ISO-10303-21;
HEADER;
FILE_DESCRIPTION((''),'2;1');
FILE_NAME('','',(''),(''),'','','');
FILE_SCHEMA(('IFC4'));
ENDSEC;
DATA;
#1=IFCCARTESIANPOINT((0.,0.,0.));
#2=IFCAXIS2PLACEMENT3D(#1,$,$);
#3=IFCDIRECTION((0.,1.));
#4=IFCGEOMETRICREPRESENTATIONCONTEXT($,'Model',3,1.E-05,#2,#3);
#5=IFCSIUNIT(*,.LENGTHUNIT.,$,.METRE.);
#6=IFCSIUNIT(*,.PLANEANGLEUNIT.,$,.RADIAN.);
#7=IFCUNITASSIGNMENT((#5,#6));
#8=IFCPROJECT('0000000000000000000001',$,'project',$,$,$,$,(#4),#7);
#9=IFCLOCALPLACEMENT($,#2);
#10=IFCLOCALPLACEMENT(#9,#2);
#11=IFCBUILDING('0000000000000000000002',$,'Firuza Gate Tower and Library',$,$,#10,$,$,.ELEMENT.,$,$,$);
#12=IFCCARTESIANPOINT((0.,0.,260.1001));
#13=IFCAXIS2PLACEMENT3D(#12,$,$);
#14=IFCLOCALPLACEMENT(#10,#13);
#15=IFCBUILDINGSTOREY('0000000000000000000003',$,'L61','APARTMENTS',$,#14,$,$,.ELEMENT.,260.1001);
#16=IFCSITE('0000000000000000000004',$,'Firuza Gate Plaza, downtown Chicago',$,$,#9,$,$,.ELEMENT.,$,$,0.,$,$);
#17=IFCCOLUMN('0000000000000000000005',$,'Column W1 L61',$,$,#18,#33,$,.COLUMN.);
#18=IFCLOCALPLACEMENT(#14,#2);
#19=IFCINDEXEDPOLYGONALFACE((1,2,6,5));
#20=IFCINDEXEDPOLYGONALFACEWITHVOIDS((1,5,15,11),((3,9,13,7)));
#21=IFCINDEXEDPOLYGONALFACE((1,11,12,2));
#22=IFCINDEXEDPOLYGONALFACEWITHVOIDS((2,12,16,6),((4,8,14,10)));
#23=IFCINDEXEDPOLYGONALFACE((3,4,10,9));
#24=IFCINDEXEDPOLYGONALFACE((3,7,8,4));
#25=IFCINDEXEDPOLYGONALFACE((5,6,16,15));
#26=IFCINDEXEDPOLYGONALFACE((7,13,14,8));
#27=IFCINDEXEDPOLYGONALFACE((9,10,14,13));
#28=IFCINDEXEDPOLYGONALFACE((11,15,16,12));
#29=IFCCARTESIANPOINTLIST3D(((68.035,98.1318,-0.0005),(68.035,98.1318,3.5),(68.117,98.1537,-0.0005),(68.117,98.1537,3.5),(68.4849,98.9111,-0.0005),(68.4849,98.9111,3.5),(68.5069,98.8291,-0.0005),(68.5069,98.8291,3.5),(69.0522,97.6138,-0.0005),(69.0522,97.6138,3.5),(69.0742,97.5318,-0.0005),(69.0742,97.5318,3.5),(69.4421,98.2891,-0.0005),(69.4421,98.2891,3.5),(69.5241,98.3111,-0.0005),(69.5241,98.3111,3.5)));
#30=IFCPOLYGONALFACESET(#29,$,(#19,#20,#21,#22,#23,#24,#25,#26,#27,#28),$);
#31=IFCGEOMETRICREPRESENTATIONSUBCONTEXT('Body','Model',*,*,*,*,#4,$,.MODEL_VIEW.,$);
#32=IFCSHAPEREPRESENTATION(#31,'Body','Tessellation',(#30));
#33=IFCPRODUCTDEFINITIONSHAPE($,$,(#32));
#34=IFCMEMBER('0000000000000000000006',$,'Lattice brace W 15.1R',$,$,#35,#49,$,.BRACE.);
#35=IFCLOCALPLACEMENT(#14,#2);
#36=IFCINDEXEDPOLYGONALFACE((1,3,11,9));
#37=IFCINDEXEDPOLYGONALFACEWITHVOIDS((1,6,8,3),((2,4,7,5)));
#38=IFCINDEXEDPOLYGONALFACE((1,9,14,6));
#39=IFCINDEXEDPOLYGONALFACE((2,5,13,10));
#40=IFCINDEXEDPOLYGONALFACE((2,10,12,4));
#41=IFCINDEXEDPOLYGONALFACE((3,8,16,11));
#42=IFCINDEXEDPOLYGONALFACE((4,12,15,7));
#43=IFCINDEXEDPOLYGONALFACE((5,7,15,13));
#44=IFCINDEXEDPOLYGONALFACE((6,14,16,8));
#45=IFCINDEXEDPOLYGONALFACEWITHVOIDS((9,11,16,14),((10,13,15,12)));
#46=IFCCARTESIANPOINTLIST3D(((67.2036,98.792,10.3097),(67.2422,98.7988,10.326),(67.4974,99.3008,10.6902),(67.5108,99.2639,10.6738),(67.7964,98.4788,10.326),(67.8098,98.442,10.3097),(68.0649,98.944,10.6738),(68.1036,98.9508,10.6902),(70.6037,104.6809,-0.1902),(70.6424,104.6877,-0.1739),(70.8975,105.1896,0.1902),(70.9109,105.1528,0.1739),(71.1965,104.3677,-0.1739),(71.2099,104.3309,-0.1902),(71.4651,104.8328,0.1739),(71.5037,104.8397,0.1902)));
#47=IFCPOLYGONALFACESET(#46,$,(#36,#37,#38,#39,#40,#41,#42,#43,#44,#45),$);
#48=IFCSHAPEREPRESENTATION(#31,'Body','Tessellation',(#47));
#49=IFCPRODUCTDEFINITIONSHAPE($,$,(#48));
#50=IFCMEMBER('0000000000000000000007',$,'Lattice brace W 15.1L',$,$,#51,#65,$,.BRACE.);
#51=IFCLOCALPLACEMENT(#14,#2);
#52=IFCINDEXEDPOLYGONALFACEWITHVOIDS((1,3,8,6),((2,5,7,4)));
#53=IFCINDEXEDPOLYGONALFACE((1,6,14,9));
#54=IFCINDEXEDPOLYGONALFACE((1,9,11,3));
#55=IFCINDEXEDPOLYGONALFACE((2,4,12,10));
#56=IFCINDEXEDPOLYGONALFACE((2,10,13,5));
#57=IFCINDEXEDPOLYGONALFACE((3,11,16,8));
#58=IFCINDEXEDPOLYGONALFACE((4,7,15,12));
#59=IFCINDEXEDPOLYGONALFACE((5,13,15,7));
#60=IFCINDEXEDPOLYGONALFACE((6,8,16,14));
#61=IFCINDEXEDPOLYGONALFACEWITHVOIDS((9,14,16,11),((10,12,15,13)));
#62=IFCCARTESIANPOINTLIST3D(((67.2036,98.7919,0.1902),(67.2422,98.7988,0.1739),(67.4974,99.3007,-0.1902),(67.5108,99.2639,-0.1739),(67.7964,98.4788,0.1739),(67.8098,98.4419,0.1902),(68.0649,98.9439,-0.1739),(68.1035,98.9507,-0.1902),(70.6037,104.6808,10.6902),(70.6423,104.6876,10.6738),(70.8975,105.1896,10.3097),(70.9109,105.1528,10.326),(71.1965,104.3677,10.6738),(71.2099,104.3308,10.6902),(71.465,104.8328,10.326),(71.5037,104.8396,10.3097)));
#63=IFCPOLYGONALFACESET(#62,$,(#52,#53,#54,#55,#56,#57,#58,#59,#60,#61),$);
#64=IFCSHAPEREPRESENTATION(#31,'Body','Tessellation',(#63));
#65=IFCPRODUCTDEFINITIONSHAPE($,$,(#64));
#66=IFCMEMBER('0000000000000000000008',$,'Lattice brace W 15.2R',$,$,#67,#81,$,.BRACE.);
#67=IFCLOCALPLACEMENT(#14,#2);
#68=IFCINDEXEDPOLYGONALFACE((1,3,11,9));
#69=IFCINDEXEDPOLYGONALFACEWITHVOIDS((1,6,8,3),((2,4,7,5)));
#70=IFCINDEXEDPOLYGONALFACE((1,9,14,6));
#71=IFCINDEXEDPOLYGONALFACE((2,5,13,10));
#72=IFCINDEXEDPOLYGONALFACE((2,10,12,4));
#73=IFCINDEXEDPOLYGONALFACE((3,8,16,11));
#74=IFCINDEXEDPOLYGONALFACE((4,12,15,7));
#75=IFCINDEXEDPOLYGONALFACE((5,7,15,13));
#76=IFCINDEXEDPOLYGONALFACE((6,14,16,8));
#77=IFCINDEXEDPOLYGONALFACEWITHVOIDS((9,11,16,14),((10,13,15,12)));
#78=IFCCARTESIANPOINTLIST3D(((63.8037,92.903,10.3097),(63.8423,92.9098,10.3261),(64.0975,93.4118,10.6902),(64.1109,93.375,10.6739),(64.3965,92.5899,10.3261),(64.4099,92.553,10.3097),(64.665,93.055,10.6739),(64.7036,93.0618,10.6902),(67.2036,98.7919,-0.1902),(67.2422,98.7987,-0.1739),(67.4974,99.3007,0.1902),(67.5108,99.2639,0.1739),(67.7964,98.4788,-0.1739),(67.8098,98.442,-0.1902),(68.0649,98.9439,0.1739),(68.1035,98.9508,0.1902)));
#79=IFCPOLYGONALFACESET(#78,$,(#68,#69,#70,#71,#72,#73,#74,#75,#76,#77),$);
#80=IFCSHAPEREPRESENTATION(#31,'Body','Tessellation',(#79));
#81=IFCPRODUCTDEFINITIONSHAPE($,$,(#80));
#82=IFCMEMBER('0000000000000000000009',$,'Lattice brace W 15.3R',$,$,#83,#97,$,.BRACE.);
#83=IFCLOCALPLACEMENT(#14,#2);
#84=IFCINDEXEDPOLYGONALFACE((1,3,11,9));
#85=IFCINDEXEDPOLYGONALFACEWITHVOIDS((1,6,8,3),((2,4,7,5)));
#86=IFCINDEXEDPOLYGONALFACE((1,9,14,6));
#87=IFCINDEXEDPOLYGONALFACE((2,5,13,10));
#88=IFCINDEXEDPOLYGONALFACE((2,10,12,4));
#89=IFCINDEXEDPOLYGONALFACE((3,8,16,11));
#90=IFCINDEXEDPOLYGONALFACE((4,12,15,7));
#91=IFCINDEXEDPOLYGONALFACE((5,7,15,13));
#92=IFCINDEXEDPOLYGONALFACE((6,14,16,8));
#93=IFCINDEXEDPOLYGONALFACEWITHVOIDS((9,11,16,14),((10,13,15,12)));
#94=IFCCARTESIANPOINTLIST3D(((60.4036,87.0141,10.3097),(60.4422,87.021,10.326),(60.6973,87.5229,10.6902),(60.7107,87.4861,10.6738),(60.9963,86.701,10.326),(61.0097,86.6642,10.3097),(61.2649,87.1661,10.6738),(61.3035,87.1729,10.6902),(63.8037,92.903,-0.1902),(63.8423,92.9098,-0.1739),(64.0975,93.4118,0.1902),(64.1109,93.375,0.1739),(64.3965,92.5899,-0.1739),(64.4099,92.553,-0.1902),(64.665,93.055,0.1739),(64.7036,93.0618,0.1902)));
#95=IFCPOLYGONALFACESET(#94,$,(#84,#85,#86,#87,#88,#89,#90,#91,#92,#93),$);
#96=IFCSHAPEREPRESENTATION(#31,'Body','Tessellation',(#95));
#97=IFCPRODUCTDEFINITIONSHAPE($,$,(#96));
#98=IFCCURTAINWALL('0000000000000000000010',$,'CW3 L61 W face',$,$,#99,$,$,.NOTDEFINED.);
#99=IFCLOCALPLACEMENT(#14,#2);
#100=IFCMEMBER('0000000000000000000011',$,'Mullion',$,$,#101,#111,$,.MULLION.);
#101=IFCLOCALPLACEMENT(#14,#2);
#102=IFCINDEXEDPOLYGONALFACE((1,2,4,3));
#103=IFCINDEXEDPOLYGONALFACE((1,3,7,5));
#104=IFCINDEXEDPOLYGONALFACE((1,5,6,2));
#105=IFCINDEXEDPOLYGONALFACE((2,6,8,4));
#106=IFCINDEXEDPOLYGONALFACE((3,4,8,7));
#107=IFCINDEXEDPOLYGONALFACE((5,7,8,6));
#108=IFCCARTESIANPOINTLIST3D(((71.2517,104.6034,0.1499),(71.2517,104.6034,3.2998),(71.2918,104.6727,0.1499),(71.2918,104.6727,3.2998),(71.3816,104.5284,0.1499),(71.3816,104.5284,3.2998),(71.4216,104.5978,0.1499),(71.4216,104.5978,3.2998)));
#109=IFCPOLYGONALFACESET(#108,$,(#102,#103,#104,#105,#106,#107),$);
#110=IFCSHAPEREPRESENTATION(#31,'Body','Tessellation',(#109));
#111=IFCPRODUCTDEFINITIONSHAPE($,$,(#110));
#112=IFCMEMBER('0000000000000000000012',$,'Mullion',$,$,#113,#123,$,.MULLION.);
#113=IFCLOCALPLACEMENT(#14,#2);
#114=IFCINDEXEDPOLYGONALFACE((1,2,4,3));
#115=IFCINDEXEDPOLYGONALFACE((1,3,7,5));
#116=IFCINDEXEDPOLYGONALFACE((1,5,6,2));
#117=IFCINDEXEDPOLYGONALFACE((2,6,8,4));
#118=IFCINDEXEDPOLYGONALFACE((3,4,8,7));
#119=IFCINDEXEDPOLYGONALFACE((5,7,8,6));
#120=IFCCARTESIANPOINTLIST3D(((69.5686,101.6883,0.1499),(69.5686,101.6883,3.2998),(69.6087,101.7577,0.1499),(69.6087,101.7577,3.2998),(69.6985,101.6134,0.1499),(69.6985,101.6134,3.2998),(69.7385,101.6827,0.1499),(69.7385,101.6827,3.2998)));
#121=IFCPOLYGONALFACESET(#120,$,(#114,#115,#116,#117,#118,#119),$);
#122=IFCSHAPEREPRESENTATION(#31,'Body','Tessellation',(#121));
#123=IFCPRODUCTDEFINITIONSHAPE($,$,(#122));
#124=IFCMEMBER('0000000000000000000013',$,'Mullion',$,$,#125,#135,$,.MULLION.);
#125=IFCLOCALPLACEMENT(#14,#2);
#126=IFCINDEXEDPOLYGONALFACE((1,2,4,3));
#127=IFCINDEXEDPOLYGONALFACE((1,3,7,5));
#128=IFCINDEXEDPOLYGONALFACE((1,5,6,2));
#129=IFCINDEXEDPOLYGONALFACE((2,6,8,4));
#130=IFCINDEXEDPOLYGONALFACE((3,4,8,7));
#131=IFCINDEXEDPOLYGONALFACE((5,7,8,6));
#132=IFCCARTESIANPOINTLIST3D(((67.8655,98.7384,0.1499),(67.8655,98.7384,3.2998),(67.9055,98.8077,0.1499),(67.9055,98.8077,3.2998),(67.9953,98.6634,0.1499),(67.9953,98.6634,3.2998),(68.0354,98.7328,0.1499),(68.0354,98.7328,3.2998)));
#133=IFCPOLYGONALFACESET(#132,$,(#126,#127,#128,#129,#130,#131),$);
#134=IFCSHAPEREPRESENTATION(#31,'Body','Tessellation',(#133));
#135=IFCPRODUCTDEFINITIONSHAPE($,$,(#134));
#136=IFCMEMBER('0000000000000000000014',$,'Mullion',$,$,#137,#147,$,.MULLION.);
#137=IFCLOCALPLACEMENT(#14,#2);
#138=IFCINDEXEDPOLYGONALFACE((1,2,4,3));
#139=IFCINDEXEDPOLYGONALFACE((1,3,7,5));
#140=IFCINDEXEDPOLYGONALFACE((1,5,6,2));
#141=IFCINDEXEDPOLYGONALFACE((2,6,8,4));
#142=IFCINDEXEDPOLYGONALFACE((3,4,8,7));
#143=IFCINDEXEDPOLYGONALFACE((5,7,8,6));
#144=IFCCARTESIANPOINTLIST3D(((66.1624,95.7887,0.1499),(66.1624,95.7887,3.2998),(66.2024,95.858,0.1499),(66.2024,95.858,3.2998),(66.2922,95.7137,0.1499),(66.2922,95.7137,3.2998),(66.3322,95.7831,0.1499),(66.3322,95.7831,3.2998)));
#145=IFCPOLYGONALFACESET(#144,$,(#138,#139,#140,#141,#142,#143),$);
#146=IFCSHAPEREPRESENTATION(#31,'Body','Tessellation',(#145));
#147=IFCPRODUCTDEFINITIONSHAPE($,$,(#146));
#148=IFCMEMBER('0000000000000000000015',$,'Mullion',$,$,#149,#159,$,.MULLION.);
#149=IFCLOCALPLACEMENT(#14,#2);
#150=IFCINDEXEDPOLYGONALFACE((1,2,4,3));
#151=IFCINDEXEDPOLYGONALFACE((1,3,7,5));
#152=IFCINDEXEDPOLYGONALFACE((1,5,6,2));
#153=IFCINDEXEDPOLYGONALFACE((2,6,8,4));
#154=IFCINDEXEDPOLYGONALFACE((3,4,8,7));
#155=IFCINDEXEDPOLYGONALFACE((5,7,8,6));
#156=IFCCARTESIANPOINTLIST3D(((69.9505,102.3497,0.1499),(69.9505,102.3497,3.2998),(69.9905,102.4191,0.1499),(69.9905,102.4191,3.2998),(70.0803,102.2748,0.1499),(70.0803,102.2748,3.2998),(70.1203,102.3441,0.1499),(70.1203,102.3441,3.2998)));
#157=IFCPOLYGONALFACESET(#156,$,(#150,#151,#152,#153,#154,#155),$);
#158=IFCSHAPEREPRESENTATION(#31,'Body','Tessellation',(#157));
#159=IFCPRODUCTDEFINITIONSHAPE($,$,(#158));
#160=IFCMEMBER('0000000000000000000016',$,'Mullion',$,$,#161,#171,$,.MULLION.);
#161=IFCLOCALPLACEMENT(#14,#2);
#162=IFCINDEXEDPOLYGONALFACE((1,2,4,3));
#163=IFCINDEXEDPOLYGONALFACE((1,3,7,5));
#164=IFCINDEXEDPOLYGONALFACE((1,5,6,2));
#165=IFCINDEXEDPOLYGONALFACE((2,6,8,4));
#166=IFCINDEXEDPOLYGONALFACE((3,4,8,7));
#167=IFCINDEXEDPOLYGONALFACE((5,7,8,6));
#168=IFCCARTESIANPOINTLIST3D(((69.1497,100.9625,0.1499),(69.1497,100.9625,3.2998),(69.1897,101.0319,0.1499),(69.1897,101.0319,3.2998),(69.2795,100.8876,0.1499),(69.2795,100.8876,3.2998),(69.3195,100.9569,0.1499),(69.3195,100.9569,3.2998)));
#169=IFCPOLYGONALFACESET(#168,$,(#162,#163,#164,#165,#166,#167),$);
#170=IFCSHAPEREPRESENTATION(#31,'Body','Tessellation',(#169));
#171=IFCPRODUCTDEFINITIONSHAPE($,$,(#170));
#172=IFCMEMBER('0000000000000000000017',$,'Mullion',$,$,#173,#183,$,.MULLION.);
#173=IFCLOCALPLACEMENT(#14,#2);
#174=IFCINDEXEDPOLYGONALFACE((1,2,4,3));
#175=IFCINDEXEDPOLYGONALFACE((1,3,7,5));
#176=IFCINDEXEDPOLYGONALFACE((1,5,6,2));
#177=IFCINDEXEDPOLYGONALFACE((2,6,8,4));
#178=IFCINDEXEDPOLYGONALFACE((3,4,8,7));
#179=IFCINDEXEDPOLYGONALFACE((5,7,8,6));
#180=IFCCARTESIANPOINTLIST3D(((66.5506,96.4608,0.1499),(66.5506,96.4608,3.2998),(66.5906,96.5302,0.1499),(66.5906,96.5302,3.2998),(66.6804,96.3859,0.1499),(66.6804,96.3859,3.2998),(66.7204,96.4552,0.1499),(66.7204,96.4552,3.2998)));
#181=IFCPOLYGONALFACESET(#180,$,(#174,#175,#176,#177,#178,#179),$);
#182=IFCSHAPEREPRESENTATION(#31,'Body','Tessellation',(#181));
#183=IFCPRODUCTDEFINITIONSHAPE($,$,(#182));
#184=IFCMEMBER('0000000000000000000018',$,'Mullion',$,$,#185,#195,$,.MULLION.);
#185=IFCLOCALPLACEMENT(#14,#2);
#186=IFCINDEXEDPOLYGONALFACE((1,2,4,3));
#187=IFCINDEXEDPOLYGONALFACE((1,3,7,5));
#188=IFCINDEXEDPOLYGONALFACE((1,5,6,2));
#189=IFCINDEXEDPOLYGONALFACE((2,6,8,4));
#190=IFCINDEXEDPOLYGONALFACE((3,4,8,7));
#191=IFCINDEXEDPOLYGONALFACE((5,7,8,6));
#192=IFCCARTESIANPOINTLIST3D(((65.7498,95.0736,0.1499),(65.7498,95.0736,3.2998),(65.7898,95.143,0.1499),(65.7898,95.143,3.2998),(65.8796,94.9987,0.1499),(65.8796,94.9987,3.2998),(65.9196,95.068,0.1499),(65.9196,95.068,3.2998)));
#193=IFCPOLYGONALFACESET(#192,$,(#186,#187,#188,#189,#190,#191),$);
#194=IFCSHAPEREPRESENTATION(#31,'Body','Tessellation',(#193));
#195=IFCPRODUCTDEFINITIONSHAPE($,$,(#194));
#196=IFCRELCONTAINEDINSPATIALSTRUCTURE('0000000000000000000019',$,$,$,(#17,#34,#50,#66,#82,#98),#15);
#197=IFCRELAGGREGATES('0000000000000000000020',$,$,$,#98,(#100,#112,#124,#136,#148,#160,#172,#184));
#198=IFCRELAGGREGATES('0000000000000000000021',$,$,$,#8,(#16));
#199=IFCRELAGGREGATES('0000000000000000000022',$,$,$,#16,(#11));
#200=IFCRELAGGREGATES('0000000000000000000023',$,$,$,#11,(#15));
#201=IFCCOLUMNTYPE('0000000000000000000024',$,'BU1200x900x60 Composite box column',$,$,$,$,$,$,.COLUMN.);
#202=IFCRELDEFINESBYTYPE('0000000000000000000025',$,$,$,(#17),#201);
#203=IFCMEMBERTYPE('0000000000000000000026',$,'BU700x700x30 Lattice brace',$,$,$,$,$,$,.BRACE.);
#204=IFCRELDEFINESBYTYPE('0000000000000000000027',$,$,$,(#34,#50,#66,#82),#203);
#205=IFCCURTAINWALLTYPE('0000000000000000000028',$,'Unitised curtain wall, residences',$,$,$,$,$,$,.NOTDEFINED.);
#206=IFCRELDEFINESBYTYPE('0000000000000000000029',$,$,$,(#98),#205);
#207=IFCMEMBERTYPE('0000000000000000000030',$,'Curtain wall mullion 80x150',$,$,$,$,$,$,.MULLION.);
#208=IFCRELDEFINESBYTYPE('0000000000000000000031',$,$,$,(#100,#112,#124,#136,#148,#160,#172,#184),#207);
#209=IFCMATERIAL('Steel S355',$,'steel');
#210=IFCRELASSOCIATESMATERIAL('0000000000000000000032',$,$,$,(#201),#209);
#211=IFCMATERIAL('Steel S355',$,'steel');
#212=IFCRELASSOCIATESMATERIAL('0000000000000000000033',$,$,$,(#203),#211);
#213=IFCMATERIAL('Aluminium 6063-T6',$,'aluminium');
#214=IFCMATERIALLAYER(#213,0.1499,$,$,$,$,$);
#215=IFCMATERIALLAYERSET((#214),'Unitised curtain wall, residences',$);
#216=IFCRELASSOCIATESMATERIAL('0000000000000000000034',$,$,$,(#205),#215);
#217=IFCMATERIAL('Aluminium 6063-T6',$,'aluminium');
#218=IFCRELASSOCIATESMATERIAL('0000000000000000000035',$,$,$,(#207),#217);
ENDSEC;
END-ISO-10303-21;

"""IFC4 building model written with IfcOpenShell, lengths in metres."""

from ifc_helpers import new_model, si_unit, direction, frame, origin, origin_2d, place, context, subcontext, project, spatial, rectangle, hollow_rectangle, extrude, material, layer, layer_set, material_profile, profile_set, type_object, element, aggregate, save


model = new_model("IFC4")

# Units and contexts
model_context = context("Model", 3, precision=1e-05, world=origin(), true_north=direction((0.0, 1.0)))
body_context = subcontext(model_context, "Body", "Model", "MODEL_VIEW")
ifc_project = project(units=[si_unit("LENGTHUNIT", "METRE"), si_unit("PLANEANGLEUNIT", "RADIAN")], contexts=[model_context])

# Site, building, storey
site_placement = place(None, origin())
site = spatial("IfcSite", under=ifc_project, at=site_placement, Name="Firuza Gate Plaza, downtown Chicago", CompositionType="ELEMENT", RefElevation=0.0)
building_placement = place(site_placement, origin())
building = spatial("IfcBuilding", under=site, at=building_placement, Name="Firuza Gate Tower and Library", CompositionType="ELEMENT")
storey_placement = place(building_placement, frame((0.0, 0.0, 260.1001)))
storey = spatial("IfcBuildingStorey", under=building, at=storey_placement, Name="L61", Description="APARTMENTS", CompositionType="ELEMENT", Elevation=260.1001)

# Column
ifc_material_1 = material(Name="Steel S355", Category="steel")
ifc_material_profile_1 = material_profile(ifc_material_1, hollow_rectangle(XDim=0.8999, YDim=1.2, WallThickness=0.0601, at=origin_2d()))
ifc_profile_set_1 = profile_set([ifc_material_profile_1], Name="Steel S355")
column_type = type_object("IfcColumnType", Name="BU1200x900x60 Composite box column", PredefinedType="COLUMN", material=ifc_profile_set_1)
column_placement = place(storey_placement, frame((68.7795, 98.2214, -0.0005), z_axis=(0.0, 0.0, 1.0), x_axis=(-0.5, -0.866025, 0.0)))
element("IfcColumn", 1, at=column_placement, inside=storey, type_object=column_type, Name="Column W1 L61", PredefinedType="COLUMN", context=body_context, shape_type="SweptSolid", body=[
    extrude(hollow_rectangle(XDim=0.8999, YDim=1.2, WallThickness=0.0601, at=origin_2d()), origin(), (0.0, 0.0, 1.0), 3.5005),
])

# Members
ifc_material_2 = material(Name="Steel S355", Category="steel")
ifc_material_profile_2 = material_profile(ifc_material_2, hollow_rectangle(XDim=0.7, YDim=0.7, WallThickness=0.03, at=origin_2d()))
ifc_profile_set_2 = profile_set([ifc_material_profile_2], Name="Steel S355")
member_type_1 = type_object("IfcMemberType", Name="BU700x700x30 Lattice brace", PredefinedType="BRACE", material=ifc_profile_set_2)
for number, where, z_axis, x_axis, name in (
    (2, (71.0537, 104.7603, 0.0), (-0.271803, -0.470751, 0.839355), (0.866014, -0.50002, 0.0), "Lattice brace W 15.1R"),
    (3, (67.6536, 98.8713, 0.0), (0.271803, 0.470751, 0.839355), (-0.866014, 0.50002, 0.0), "Lattice brace W 15.1L"),
    (4, (67.6536, 98.8713, 0.0), (-0.271785, -0.470754, 0.839359), (0.86603, -0.499993, 0.0), "Lattice brace W 15.2R"),
    (5, (64.2537, 92.9824, 0.0), (-0.271803, -0.470751, 0.839355), (0.866014, -0.50002, 0.0), "Lattice brace W 15.3R"),
):
    element("IfcMember", number, at=place(storey_placement, frame(where, z_axis=z_axis, x_axis=x_axis)), inside=storey, type_object=member_type_1, Name=name, PredefinedType="BRACE", context=body_context, shape_type="SweptSolid", body=[
        extrude(hollow_rectangle(XDim=0.7, YDim=0.7, WallThickness=0.03, at=origin_2d()), origin(), (0.0, 0.0, 1.0), 12.5095),
    ])

# Curtain wall, members
ifc_material_3 = material(Name="Aluminium 6063-T6", Category="aluminium")
ifc_layer_1 = layer(ifc_material_3, 0.1499)
ifc_layer_set_1 = layer_set([ifc_layer_1], Name="Unitised curtain wall, residences")
curtain_wall_type = type_object("IfcCurtainWallType", Name="Unitised curtain wall, residences", PredefinedType="NOTDEFINED", material=ifc_layer_set_1)
curtain_wall_placement = place(storey_placement, origin())
curtain_wall = element("IfcCurtainWall", 6, at=curtain_wall_placement, inside=storey, type_object=curtain_wall_type, Name="CW3 L61 W face", PredefinedType="NOTDEFINED")
ifc_material_4 = material(Name="Aluminium 6063-T6", Category="aluminium")
ifc_material_profile_3 = material_profile(ifc_material_4, rectangle(XDim=0.1499, YDim=0.0801, at=origin_2d()))
ifc_profile_set_3 = profile_set([ifc_material_profile_3], Name="Aluminium 6063-T6")
member_type_2 = type_object("IfcMemberType", Name="Curtain wall mullion 80x150", PredefinedType="MULLION", material=ifc_profile_set_3)
member_1_placement = place(storey_placement, frame((71.3367, 104.6006, 0.1499), z_axis=(0.0, 0.0, 1.0), x_axis=(0.866025, -0.5, 0.0)))
member_1 = element("IfcMember", 7, at=member_1_placement, type_object=member_type_2, Name="Mullion", PredefinedType="MULLION", context=body_context, shape_type="SweptSolid", body=[
    extrude(rectangle(XDim=0.1499, YDim=0.0801, at=origin_2d()), origin(), (0.0, 0.0, 1.0), 3.1499),
])
member_2_placement = place(storey_placement, frame((69.6536, 101.6855, 0.1499), z_axis=(0.0, 0.0, 1.0), x_axis=(0.866025, -0.5, 0.0)))
member_2 = element("IfcMember", 8, at=member_2_placement, type_object=member_type_2, Name="Mullion", PredefinedType="MULLION", context=body_context, shape_type="SweptSolid", body=[
    extrude(rectangle(XDim=0.1499, YDim=0.0801, at=origin_2d()), origin(), (0.0, 0.0, 1.0), 3.1499),
])
member_3_placement = place(storey_placement, frame((67.9504, 98.7356, 0.1499), z_axis=(0.0, 0.0, 1.0), x_axis=(0.866025, -0.5, 0.0)))
member_3 = element("IfcMember", 9, at=member_3_placement, type_object=member_type_2, Name="Mullion", PredefinedType="MULLION", context=body_context, shape_type="SweptSolid", body=[
    extrude(rectangle(XDim=0.1499, YDim=0.0801, at=origin_2d()), origin(), (0.0, 0.0, 1.0), 3.1499),
])
member_4_placement = place(storey_placement, frame((66.2473, 95.7859, 0.1499), z_axis=(0.0, 0.0, 1.0), x_axis=(0.866025, -0.5, 0.0)))
member_4 = element("IfcMember", 10, at=member_4_placement, type_object=member_type_2, Name="Mullion", PredefinedType="MULLION", context=body_context, shape_type="SweptSolid", body=[
    extrude(rectangle(XDim=0.1499, YDim=0.0801, at=origin_2d()), origin(), (0.0, 0.0, 1.0), 3.1499),
])
member_5_placement = place(storey_placement, frame((70.0354, 102.3469, 0.1499), z_axis=(0.0, 0.0, 1.0), x_axis=(0.866025, -0.5, 0.0)))
member_5 = element("IfcMember", 11, at=member_5_placement, type_object=member_type_2, Name="Mullion", PredefinedType="MULLION", context=body_context, shape_type="SweptSolid", body=[
    extrude(rectangle(XDim=0.1499, YDim=0.0801, at=origin_2d()), origin(), (0.0, 0.0, 1.0), 3.1499),
])
member_6_placement = place(storey_placement, frame((69.2346, 100.9597, 0.1499), z_axis=(0.0, 0.0, 1.0), x_axis=(0.866025, -0.5, 0.0)))
member_6 = element("IfcMember", 12, at=member_6_placement, type_object=member_type_2, Name="Mullion", PredefinedType="MULLION", context=body_context, shape_type="SweptSolid", body=[
    extrude(rectangle(XDim=0.1499, YDim=0.0801, at=origin_2d()), origin(), (0.0, 0.0, 1.0), 3.1499),
])
member_7_placement = place(storey_placement, frame((66.6355, 96.458, 0.1499), z_axis=(0.0, 0.0, 1.0), x_axis=(0.866025, -0.5, 0.0)))
member_7 = element("IfcMember", 13, at=member_7_placement, type_object=member_type_2, Name="Mullion", PredefinedType="MULLION", context=body_context, shape_type="SweptSolid", body=[
    extrude(rectangle(XDim=0.1499, YDim=0.0801, at=origin_2d()), origin(), (0.0, 0.0, 1.0), 3.1499),
])
member_8_placement = place(storey_placement, frame((65.8347, 95.0708, 0.1499), z_axis=(0.0, 0.0, 1.0), x_axis=(0.866025, -0.5, 0.0)))
member_8 = element("IfcMember", 14, at=member_8_placement, type_object=member_type_2, Name="Mullion", PredefinedType="MULLION", context=body_context, shape_type="SweptSolid", body=[
    extrude(rectangle(XDim=0.1499, YDim=0.0801, at=origin_2d()), origin(), (0.0, 0.0, 1.0), 3.1499),
])

aggregate(curtain_wall, [member_1, member_2, member_3, member_4, member_5, member_6, member_7, member_8])

save(model, "model.ifc")
